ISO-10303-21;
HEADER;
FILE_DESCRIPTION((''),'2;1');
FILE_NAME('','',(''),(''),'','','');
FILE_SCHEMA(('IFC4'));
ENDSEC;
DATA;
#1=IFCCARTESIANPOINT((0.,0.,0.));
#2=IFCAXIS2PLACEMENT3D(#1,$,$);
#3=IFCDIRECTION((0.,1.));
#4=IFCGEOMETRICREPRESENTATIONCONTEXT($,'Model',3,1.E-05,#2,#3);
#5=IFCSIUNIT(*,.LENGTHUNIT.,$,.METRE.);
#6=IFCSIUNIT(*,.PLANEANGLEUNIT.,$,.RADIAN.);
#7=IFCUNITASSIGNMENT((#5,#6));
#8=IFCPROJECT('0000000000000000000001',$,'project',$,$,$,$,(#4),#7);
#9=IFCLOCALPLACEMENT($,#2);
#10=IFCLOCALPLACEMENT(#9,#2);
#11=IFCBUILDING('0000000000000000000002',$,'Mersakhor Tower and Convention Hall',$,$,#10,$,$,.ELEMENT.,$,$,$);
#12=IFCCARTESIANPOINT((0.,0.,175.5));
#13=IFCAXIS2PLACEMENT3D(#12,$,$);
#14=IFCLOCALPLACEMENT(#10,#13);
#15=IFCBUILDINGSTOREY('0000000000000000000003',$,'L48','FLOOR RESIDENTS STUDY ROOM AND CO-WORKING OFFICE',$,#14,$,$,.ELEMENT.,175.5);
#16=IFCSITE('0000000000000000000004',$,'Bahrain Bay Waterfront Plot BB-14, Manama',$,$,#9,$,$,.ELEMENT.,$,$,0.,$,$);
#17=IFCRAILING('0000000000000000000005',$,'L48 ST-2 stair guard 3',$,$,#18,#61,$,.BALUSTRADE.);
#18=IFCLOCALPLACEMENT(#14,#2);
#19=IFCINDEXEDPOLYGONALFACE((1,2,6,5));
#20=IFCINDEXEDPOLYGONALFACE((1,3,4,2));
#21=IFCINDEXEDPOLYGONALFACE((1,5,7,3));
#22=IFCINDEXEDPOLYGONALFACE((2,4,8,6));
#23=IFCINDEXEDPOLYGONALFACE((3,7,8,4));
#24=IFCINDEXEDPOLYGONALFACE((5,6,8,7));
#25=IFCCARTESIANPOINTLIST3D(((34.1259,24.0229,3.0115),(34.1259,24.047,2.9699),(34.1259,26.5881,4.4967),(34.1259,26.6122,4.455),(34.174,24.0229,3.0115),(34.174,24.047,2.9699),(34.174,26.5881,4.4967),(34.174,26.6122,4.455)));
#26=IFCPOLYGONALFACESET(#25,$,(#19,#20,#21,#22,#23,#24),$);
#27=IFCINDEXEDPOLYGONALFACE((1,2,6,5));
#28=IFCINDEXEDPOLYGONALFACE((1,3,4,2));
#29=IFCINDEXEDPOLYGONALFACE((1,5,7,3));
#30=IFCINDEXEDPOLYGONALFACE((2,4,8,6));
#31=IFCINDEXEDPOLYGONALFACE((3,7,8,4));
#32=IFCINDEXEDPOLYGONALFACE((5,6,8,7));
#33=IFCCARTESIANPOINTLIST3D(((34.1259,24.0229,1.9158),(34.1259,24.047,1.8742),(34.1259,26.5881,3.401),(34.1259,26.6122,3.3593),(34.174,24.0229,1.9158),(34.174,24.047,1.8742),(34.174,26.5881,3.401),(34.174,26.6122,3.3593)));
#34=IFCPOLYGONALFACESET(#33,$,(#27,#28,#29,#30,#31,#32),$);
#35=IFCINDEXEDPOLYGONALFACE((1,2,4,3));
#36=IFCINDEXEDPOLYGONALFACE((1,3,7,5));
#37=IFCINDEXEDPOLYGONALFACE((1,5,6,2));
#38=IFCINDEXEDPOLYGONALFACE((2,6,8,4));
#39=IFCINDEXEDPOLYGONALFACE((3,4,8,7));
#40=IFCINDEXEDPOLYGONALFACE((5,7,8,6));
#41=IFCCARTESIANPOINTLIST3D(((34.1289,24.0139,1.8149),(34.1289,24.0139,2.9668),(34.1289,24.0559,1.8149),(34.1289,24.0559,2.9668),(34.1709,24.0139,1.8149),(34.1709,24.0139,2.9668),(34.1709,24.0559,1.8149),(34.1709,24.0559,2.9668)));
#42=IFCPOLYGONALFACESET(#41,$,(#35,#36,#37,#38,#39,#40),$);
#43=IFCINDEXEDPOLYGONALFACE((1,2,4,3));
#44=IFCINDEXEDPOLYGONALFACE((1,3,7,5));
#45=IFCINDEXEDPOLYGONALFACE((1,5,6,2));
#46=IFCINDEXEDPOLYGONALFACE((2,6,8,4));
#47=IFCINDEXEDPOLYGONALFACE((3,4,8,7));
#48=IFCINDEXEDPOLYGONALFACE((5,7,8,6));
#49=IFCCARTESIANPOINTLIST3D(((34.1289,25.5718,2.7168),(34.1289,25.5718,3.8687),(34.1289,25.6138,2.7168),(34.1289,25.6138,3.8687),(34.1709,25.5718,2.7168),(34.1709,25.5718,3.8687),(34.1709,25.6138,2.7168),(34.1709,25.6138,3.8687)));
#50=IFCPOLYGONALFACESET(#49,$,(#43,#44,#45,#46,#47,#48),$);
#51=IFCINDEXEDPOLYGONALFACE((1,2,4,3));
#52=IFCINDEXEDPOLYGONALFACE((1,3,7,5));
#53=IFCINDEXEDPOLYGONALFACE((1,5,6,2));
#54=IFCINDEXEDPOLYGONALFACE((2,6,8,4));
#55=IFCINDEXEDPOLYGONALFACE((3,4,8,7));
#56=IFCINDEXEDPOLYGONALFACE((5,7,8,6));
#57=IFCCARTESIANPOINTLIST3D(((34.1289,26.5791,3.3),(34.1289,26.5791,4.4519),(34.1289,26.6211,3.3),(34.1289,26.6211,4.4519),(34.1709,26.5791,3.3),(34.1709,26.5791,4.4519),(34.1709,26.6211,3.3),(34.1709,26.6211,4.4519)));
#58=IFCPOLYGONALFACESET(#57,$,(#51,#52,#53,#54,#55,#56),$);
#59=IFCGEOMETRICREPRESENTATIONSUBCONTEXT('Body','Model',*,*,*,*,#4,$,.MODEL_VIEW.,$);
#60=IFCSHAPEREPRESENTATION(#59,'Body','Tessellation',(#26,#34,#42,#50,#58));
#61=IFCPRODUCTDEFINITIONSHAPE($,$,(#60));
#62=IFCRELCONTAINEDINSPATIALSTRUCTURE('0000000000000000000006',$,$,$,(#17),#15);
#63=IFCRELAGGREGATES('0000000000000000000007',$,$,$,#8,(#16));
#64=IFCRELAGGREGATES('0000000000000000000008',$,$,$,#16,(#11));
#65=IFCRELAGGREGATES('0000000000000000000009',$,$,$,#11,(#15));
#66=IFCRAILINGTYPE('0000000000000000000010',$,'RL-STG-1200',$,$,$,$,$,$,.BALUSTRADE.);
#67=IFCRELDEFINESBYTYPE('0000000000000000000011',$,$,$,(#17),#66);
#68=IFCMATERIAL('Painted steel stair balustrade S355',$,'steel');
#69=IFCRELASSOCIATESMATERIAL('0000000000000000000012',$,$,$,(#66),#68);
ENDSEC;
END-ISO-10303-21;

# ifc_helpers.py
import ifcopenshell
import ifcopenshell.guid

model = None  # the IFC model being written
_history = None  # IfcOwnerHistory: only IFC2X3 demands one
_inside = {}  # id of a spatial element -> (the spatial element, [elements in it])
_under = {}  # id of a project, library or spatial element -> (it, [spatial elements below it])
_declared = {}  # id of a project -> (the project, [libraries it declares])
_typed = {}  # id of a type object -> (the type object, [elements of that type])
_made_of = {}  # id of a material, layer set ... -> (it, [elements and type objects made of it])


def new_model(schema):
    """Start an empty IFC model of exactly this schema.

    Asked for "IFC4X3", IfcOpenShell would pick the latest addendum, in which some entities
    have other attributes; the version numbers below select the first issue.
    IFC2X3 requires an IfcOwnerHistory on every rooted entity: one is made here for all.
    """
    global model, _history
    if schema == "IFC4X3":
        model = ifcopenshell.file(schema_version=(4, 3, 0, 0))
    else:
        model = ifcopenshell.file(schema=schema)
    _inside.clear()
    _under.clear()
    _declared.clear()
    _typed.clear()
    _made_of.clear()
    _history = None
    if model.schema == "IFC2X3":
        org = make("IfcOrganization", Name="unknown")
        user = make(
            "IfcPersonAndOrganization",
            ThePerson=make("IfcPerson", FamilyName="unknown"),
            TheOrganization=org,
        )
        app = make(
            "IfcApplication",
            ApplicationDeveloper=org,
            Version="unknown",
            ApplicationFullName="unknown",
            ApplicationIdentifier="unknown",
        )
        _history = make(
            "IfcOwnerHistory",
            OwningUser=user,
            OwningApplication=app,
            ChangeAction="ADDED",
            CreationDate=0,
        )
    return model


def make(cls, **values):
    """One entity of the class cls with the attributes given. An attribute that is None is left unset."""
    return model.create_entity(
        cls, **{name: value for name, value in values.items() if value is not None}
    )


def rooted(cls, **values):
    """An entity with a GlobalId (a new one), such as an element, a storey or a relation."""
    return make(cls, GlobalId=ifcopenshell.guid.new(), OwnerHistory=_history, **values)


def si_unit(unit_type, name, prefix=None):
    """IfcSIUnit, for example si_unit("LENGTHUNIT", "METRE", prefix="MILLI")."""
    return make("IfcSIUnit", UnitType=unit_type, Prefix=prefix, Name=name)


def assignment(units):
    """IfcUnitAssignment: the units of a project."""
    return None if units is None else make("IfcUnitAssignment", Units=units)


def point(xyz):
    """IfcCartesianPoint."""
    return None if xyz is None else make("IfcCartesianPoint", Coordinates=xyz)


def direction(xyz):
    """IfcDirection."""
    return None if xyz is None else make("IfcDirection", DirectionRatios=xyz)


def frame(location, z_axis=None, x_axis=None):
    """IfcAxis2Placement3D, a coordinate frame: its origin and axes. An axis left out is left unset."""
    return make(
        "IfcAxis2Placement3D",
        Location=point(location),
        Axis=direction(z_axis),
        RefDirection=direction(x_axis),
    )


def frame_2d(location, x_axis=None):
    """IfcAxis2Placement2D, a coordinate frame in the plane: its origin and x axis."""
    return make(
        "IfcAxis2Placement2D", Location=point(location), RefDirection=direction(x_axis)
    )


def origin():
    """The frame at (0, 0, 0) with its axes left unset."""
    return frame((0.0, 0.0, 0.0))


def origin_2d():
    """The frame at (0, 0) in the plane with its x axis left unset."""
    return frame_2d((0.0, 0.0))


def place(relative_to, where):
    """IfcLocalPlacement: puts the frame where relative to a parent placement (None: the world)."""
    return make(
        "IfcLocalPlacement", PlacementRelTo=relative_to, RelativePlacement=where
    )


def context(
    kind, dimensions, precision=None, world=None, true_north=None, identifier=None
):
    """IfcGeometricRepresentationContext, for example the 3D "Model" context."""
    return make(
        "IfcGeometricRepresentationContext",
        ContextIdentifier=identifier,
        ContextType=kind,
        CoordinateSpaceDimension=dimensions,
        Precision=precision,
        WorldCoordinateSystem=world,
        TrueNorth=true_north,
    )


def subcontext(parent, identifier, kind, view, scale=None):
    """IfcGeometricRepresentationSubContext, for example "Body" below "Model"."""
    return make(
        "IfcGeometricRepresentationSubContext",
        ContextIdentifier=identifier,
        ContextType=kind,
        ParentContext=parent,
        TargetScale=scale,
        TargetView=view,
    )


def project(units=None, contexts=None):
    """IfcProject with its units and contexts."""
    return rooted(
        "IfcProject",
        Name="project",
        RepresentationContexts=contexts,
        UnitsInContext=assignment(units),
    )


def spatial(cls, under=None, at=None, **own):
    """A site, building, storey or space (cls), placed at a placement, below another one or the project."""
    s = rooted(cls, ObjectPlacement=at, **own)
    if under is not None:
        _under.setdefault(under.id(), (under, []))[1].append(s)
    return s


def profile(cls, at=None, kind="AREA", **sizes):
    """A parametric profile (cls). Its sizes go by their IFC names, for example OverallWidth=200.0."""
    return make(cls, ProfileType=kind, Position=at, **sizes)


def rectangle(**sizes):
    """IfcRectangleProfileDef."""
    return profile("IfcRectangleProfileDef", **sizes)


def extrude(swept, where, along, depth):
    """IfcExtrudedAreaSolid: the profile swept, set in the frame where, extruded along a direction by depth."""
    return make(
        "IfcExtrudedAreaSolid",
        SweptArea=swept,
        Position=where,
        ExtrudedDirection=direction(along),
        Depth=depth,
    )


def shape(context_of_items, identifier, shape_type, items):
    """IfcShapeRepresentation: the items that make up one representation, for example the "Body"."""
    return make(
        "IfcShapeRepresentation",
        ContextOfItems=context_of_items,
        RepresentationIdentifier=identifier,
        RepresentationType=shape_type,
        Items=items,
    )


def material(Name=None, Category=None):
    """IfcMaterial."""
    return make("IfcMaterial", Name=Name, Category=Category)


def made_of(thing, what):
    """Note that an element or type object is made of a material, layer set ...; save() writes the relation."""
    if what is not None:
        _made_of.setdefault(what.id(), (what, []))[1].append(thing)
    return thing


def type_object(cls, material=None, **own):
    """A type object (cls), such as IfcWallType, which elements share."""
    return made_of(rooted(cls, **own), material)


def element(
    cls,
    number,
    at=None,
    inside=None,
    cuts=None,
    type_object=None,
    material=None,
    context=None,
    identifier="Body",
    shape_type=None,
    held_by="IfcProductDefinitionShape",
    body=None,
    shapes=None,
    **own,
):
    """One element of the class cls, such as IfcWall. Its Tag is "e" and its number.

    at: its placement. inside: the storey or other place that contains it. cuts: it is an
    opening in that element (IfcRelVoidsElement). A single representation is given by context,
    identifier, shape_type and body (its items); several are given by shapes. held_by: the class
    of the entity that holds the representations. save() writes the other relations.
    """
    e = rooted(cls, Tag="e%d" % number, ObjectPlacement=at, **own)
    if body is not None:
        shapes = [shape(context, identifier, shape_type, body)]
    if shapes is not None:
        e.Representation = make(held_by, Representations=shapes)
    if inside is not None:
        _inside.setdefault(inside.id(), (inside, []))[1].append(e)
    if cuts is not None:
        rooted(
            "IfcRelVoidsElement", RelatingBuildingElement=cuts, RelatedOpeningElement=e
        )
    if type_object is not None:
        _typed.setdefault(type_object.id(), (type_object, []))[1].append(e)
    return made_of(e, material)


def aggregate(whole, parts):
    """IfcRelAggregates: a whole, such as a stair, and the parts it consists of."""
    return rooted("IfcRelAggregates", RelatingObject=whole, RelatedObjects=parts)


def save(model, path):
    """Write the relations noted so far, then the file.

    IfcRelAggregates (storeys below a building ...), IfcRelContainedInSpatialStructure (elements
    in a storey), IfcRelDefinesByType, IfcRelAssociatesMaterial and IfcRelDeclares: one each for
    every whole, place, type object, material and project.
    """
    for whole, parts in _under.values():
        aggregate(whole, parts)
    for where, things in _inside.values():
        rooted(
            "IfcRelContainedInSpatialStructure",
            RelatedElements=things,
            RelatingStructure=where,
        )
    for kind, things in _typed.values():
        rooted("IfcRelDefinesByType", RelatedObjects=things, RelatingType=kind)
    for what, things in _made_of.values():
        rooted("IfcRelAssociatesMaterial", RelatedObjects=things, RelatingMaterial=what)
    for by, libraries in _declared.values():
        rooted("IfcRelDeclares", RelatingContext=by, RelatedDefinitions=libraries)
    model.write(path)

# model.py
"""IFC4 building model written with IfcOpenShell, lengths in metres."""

from ifc_helpers import new_model, si_unit, direction, frame, origin, origin_2d, place, context, subcontext, project, spatial, rectangle, extrude, material, type_object, element, save


model = new_model("IFC4")

# Units and contexts
model_context = context("Model", 3, precision=1e-05, world=origin(), true_north=direction((0.0, 1.0)))
body_context = subcontext(model_context, "Body", "Model", "MODEL_VIEW")
ifc_project = project(units=[si_unit("LENGTHUNIT", "METRE"), si_unit("PLANEANGLEUNIT", "RADIAN")], contexts=[model_context])

# Site, building, storey
site_placement = place(None, origin())
site = spatial("IfcSite", under=ifc_project, at=site_placement, Name="Bahrain Bay Waterfront Plot BB-14, Manama", CompositionType="ELEMENT", RefElevation=0.0)
building_placement = place(site_placement, origin())
building = spatial("IfcBuilding", under=site, at=building_placement, Name="Mersakhor Tower and Convention Hall", CompositionType="ELEMENT")
storey_placement = place(building_placement, frame((0.0, 0.0, 175.5)))
storey = spatial("IfcBuildingStorey", under=building, at=storey_placement, Name="L48", Description="FLOOR RESIDENTS STUDY ROOM AND CO-WORKING OFFICE", CompositionType="ELEMENT", Elevation=175.5)

# Railing
ifc_material_1 = material(Name="Painted steel stair balustrade S355", Category="steel")
railing_type_1 = type_object("IfcRailingType", Name="RL-STG-1200", PredefinedType="BALUSTRADE", material=ifc_material_1)
railing_1_placement = place(storey_placement, frame((34.1499, 24.0349, 1.8149)))
element("IfcRailing", 1, at=railing_1_placement, inside=storey, type_object=railing_type_1, Name="L48 ST-2 stair guard 3", PredefinedType="BALUSTRADE", context=body_context, shape_type="SweptSolid", body=[
    extrude(rectangle(XDim=0.0481, YDim=0.0481, at=origin_2d()), frame((0.0, 0.0, 1.1758), z_axis=(0.0, 0.865426, 0.501036), x_axis=(-1.0, 0.0, 0.0)), (0.0, 0.0, 1.0), 2.9641),
    extrude(rectangle(XDim=0.0481, YDim=0.0481, at=origin_2d()), frame((0.0, 0.0, 0.0801), z_axis=(0.0, 0.865426, 0.501036), x_axis=(-1.0, 0.0, 0.0)), (0.0, 0.0, 1.0), 2.9641),
    extrude(rectangle(XDim=0.042, YDim=0.042, at=origin_2d()), origin(), (0.0, 0.0, 1.0), 1.1519),
    extrude(rectangle(XDim=0.042, YDim=0.042, at=origin_2d()), frame((0.0, 1.5579, 0.9019)), (0.0, 0.0, 1.0), 1.1519),
    extrude(rectangle(XDim=0.042, YDim=0.042, at=origin_2d()), frame((0.0, 2.5652, 1.4851)), (0.0, 0.0, 1.0), 1.1519),
])

save(model, "model.ifc")
